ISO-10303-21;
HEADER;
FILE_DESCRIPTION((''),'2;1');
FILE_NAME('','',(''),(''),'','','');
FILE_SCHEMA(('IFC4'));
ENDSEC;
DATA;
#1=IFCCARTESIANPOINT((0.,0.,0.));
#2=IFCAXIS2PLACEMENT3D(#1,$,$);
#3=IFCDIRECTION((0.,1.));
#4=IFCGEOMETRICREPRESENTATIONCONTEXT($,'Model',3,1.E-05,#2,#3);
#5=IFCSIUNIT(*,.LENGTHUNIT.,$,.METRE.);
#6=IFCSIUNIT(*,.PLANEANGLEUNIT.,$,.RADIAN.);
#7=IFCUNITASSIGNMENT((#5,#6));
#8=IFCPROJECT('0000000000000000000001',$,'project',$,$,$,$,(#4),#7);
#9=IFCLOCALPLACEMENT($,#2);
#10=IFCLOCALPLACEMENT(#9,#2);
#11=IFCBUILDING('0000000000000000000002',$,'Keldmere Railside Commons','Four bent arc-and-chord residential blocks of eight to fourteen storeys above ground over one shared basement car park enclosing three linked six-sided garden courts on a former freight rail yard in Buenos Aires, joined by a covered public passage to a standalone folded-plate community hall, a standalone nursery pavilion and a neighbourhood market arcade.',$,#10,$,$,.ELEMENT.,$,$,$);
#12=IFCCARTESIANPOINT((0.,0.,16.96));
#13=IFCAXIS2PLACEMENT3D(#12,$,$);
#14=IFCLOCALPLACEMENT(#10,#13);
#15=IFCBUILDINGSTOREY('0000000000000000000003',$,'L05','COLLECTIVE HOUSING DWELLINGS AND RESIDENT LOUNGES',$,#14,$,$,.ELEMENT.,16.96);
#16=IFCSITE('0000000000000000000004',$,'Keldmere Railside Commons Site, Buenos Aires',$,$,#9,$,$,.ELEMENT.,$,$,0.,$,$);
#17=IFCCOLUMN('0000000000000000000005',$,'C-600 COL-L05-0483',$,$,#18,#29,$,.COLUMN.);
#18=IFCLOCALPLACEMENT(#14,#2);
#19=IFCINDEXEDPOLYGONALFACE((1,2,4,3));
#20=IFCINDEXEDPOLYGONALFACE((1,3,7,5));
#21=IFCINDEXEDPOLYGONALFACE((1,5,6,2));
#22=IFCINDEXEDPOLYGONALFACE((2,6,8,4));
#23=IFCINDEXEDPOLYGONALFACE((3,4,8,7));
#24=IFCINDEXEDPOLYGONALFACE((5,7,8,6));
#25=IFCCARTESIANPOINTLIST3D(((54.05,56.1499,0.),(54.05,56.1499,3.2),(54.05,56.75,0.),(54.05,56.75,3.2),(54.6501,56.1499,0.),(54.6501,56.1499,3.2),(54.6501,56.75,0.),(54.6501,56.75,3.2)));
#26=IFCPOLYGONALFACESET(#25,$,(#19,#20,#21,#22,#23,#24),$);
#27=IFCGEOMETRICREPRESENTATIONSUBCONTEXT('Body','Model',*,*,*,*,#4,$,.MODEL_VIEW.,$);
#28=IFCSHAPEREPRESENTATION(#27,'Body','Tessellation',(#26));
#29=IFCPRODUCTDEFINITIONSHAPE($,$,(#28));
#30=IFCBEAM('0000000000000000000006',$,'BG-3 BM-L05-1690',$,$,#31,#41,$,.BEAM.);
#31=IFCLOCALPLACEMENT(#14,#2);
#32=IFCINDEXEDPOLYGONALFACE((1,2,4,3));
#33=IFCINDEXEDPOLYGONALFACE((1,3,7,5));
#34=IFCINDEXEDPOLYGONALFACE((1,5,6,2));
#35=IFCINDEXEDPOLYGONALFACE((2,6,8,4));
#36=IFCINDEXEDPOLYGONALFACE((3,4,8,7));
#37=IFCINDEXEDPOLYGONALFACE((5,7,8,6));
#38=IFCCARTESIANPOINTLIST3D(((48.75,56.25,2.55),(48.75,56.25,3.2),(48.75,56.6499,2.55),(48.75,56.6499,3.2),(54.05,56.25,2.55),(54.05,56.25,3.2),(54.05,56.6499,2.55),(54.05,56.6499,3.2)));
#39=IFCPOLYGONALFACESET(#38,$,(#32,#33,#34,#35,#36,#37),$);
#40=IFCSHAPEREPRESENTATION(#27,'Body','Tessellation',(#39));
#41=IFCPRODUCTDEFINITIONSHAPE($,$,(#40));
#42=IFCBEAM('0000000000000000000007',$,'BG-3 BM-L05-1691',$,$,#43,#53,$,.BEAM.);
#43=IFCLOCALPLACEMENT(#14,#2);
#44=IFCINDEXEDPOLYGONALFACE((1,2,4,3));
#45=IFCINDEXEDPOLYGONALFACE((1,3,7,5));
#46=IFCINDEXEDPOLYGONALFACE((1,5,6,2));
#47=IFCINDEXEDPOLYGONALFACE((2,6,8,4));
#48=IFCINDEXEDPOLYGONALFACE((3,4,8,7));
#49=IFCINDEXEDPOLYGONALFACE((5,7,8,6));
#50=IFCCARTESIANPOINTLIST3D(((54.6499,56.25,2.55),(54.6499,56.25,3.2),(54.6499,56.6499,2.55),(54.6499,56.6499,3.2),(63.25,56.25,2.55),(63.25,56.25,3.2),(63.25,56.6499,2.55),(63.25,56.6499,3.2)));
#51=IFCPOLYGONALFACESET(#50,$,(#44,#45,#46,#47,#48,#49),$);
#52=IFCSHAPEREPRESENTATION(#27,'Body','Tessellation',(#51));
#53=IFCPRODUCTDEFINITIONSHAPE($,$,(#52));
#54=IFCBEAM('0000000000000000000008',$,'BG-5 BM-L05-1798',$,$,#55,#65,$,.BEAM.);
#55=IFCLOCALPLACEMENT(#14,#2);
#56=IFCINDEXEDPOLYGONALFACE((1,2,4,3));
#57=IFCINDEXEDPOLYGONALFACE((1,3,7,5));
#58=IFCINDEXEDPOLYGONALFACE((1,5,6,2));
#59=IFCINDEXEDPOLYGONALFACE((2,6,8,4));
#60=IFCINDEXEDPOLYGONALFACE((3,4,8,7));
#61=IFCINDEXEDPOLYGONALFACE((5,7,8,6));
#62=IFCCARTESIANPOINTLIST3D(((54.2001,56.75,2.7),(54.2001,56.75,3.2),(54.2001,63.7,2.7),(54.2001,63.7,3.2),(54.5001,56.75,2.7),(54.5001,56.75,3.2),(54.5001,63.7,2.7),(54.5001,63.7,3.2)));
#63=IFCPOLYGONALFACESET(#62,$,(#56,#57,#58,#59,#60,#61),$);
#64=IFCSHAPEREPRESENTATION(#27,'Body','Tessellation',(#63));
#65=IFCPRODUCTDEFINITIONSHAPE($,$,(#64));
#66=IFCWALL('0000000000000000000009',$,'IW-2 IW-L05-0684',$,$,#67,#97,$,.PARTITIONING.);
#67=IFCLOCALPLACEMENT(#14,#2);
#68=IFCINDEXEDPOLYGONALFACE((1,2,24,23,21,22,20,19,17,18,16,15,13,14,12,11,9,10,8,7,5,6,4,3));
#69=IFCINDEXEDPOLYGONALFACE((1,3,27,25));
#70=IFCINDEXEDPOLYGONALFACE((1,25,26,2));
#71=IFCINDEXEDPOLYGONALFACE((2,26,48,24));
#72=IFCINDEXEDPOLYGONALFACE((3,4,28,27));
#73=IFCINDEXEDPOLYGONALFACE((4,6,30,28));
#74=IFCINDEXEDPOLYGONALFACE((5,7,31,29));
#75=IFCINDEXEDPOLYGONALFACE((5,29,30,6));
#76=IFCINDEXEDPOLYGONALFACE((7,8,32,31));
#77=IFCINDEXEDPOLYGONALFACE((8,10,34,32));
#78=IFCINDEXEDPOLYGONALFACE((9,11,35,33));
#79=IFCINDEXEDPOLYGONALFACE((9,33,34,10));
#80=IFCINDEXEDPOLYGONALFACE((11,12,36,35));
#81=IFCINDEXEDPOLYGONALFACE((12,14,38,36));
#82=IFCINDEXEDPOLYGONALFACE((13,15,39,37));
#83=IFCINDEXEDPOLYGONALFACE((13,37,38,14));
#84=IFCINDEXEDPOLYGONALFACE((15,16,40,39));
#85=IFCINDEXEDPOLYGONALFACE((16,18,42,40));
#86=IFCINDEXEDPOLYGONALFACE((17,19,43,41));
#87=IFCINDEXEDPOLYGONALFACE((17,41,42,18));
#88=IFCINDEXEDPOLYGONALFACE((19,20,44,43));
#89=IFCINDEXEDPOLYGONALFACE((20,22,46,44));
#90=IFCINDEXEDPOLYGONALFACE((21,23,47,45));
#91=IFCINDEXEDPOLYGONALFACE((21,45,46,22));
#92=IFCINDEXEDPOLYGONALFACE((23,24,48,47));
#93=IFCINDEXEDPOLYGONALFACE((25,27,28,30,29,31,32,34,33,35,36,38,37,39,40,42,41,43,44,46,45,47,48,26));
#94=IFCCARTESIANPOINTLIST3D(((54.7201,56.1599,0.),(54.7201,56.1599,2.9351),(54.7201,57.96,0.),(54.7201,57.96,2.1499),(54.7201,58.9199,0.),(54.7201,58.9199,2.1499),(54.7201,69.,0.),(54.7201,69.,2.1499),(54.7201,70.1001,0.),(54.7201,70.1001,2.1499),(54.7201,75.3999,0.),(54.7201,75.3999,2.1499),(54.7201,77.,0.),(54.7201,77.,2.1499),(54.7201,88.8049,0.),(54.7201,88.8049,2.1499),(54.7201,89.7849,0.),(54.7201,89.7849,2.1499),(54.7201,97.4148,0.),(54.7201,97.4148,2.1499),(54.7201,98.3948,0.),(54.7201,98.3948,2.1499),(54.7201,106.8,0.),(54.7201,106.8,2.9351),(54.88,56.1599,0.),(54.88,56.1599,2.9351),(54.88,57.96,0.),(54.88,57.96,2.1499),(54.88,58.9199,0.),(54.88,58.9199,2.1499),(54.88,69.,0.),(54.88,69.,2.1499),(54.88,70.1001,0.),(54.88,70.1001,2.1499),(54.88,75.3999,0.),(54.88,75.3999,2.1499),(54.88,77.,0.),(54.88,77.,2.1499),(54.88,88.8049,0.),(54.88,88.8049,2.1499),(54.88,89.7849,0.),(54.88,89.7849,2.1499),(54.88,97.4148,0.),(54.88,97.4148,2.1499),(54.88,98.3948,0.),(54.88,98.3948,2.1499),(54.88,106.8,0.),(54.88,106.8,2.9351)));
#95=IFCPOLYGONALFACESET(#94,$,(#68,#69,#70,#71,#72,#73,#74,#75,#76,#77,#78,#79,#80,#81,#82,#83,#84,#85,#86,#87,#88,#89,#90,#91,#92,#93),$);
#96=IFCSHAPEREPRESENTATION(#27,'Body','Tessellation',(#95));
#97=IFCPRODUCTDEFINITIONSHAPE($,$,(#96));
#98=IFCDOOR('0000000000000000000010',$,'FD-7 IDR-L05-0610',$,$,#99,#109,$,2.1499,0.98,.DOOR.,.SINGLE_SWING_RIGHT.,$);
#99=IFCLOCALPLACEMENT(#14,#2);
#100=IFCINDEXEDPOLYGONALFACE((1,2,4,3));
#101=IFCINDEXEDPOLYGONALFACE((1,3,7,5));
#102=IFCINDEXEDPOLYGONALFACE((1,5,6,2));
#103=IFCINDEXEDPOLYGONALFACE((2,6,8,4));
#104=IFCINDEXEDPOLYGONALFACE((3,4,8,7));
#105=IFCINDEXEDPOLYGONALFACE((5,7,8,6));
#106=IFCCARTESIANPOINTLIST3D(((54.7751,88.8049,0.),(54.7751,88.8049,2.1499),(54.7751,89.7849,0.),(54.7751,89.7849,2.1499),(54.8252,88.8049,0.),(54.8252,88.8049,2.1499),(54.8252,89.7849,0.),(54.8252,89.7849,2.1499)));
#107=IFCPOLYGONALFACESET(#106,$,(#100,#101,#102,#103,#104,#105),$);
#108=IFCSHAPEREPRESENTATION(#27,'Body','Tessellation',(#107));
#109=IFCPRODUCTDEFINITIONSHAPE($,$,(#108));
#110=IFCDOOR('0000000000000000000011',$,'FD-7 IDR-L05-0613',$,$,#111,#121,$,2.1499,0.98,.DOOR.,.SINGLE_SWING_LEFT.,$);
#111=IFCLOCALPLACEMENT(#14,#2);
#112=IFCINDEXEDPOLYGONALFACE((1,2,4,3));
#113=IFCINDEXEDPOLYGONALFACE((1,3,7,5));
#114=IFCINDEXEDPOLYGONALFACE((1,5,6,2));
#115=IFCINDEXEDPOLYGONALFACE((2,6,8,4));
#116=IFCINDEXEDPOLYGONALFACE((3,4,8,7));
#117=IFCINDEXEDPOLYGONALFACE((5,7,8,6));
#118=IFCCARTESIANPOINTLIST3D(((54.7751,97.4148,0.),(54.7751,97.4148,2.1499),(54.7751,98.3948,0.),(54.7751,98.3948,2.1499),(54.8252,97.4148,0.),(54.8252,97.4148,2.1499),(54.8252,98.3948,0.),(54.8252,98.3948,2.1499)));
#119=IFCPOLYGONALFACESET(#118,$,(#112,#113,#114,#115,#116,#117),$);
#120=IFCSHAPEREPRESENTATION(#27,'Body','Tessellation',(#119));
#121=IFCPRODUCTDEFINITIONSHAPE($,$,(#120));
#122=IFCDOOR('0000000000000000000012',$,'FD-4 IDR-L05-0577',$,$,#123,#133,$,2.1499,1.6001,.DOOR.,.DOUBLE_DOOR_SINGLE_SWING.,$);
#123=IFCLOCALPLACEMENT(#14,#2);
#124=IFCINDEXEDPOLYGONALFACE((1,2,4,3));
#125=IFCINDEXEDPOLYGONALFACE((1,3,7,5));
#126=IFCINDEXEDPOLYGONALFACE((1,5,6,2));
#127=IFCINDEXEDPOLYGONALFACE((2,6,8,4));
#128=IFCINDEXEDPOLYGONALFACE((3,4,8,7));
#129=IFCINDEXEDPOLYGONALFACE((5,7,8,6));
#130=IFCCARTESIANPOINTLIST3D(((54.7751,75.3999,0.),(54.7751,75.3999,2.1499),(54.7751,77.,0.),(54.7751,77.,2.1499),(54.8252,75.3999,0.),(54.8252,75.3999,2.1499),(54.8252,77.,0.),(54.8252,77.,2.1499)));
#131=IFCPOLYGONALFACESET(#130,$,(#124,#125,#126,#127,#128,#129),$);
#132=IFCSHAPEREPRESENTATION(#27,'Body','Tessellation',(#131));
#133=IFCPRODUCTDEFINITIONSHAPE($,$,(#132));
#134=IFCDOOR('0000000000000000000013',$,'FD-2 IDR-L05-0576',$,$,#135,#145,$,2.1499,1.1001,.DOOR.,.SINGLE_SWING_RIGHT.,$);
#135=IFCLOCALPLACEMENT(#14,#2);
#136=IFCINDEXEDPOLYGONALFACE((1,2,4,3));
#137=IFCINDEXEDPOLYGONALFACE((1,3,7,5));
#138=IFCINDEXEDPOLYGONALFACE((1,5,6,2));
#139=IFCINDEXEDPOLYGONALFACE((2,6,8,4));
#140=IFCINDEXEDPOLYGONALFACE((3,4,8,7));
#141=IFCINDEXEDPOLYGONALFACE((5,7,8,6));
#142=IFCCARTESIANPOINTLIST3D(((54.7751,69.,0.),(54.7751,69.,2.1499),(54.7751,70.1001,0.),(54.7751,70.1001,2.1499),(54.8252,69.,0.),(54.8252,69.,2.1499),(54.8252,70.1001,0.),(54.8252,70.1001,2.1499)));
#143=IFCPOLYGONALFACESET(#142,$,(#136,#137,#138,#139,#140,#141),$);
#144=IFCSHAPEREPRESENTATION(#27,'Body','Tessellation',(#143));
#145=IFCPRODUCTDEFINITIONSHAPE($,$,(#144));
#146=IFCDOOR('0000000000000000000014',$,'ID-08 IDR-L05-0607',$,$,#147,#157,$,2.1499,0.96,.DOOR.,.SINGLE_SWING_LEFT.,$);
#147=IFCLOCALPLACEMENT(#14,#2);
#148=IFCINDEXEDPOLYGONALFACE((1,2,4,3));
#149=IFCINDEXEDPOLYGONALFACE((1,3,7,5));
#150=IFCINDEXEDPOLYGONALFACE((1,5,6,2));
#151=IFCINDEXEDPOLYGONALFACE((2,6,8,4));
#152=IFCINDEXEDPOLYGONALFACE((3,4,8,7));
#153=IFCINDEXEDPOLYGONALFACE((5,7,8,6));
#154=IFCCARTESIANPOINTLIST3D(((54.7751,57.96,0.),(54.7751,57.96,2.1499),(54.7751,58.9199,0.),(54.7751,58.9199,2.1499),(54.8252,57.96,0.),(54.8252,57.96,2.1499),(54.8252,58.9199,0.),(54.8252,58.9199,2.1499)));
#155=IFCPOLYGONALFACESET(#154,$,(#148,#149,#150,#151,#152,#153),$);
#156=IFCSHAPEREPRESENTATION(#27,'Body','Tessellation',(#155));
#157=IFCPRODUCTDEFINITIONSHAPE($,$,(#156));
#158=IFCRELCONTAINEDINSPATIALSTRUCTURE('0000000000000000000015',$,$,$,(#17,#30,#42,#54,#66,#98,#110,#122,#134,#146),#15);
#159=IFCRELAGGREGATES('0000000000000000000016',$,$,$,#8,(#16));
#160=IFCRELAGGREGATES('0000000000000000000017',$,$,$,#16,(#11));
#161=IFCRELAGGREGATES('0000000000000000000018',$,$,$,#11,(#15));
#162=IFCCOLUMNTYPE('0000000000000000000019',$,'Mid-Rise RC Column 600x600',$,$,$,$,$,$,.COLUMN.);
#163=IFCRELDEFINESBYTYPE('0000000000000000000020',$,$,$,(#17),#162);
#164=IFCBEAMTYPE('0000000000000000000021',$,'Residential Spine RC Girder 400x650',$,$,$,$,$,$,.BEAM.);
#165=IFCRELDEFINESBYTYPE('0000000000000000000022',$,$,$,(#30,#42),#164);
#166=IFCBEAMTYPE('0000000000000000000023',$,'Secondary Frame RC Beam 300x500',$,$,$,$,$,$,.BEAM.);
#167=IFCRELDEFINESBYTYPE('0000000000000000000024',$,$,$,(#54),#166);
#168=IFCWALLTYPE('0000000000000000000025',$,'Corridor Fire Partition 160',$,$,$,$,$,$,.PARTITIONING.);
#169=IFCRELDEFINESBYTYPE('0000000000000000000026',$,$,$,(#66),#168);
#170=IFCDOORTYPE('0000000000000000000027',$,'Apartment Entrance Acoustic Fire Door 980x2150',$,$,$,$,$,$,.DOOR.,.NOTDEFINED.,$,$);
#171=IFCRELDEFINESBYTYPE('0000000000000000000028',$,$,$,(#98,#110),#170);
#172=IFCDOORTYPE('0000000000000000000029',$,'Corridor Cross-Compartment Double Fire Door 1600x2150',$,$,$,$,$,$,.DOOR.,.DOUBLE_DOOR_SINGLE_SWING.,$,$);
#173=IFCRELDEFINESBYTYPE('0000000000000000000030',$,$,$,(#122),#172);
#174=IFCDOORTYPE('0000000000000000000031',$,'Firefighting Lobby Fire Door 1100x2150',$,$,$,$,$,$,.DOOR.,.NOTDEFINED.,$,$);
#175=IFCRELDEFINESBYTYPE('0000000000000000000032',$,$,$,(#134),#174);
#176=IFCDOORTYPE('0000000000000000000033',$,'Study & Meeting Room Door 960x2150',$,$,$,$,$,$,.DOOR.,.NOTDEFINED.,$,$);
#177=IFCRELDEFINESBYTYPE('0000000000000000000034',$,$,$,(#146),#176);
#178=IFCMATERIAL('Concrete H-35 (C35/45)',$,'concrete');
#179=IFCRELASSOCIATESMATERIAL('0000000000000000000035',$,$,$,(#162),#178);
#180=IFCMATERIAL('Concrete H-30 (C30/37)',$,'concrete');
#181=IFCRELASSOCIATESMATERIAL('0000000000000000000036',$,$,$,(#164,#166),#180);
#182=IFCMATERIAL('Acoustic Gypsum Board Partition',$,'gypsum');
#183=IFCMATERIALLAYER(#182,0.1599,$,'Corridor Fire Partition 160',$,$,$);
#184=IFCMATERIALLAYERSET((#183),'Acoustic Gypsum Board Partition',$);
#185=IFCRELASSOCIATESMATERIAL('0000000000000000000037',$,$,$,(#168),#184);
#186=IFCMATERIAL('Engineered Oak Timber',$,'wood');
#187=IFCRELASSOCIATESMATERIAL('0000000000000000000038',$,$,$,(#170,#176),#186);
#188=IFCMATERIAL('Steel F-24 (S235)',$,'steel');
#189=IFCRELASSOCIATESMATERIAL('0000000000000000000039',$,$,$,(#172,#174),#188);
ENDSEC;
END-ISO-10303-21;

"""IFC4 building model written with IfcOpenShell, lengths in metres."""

from ifc_helpers import new_model, si_unit, direction, frame, frame_2d, origin, origin_2d, place, context, subcontext, project, spatial, rectangle, extrude, material, layer, layer_set, material_profile, profile_set, type_object, element, fill, save


model = new_model("IFC4")

# Units and contexts
model_context = context("Model", 3, precision=1e-05, world=origin(), true_north=direction((0.0, 1.0)))
body_context = subcontext(model_context, "Body", "Model", "MODEL_VIEW")
ifc_project = project(units=[si_unit("LENGTHUNIT", "METRE"), si_unit("PLANEANGLEUNIT", "RADIAN")], contexts=[model_context])

# Site, building, storey
site_placement = place(None, origin())
site = spatial("IfcSite", under=ifc_project, at=site_placement, Name="Keldmere Railside Commons Site, Buenos Aires", CompositionType="ELEMENT", RefElevation=0.0)
building_placement = place(site_placement, origin())
building = spatial("IfcBuilding", under=site, at=building_placement, Name="Keldmere Railside Commons", Description="Four bent arc-and-chord residential blocks of eight to fourteen storeys above ground over one shared basement car park enclosing three linked six-sided garden courts on a former freight rail yard in Buenos Aires, joined by a covered public passage to a standalone folded-plate community hall, a standalone nursery pavilion and a neighbourhood market arcade.", CompositionType="ELEMENT")
storey_placement = place(building_placement, frame((0.0, 0.0, 16.96)))
storey = spatial("IfcBuildingStorey", under=building, at=storey_placement, Name="L05", Description="COLLECTIVE HOUSING DWELLINGS AND RESIDENT LOUNGES", CompositionType="ELEMENT", Elevation=16.96)

# Column
ifc_material_1 = material(Name="Concrete H-35 (C35/45)", Category="concrete")
ifc_material_profile_1 = material_profile(ifc_material_1, rectangle(XDim=0.6001, YDim=0.6001, at=origin_2d()), Name="RC-600x600")
ifc_profile_set_1 = profile_set([ifc_material_profile_1], Name="Concrete H-35 (C35/45)")
column_type = type_object("IfcColumnType", Name="Mid-Rise RC Column 600x600", PredefinedType="COLUMN", material=ifc_profile_set_1)
column_placement = place(storey_placement, frame((54.3501, 56.45, 0.0), z_axis=(0.0, 0.0, 1.0), x_axis=(1.0, 0.0, 0.0)))
element("IfcColumn", 1, at=column_placement, inside=storey, type_object=column_type, Name="C-600 COL-L05-0483", PredefinedType="COLUMN", context=body_context, shape_type="SweptSolid", body=[
    extrude(rectangle(XDim=0.6001, YDim=0.6001, at=origin_2d()), origin(), (0.0, 0.0, 1.0), 3.2),
])

# Beams
ifc_material_2 = material(Name="Concrete H-30 (C30/37)", Category="concrete")
ifc_material_profile_2 = material_profile(ifc_material_2, rectangle(XDim=0.3999, YDim=0.6499, at=origin_2d()), Name="RC-400x650")
ifc_profile_set_2 = profile_set([ifc_material_profile_2], Name="Concrete H-30 (C30/37)")
beam_type_1 = type_object("IfcBeamType", Name="Residential Spine RC Girder 400x650", PredefinedType="BEAM", material=ifc_profile_set_2)
beam_1_placement = place(storey_placement, frame((48.75, 56.45, 2.875), z_axis=(1.0, 0.0, 0.0), x_axis=(0.0, 1.0, 0.0)))
element("IfcBeam", 2, at=beam_1_placement, inside=storey, type_object=beam_type_1, Name="BG-3 BM-L05-1690", PredefinedType="BEAM", context=body_context, shape_type="SweptSolid", body=[
    extrude(rectangle(XDim=0.3999, YDim=0.6499, at=origin_2d()), origin(), (0.0, 0.0, 1.0), 5.3),
])
beam_2_placement = place(storey_placement, frame((54.6499, 56.45, 2.875), z_axis=(1.0, 0.0, 0.0), x_axis=(0.0, 1.0, 0.0)))
element("IfcBeam", 3, at=beam_2_placement, inside=storey, type_object=beam_type_1, Name="BG-3 BM-L05-1691", PredefinedType="BEAM", context=body_context, shape_type="SweptSolid", body=[
    extrude(rectangle(XDim=0.3999, YDim=0.6499, at=origin_2d()), origin(), (0.0, 0.0, 1.0), 8.6001),
])
ifc_material_profile_3 = material_profile(ifc_material_2, rectangle(XDim=0.3, YDim=0.5, at=origin_2d()), Name="RC-300x500")
ifc_profile_set_3 = profile_set([ifc_material_profile_3], Name="Concrete H-30 (C30/37)")
beam_type_2 = type_object("IfcBeamType", Name="Secondary Frame RC Beam 300x500", PredefinedType="BEAM", material=ifc_profile_set_3)
beam_3_placement = place(storey_placement, frame((54.3501, 56.75, 2.95), z_axis=(0.0, 1.0, 0.0), x_axis=(-1.0, 0.0, 0.0)))
element("IfcBeam", 4, at=beam_3_placement, inside=storey, type_object=beam_type_2, Name="BG-5 BM-L05-1798", PredefinedType="BEAM", context=body_context, shape_type="SweptSolid", body=[
    extrude(rectangle(XDim=0.3, YDim=0.5, at=origin_2d()), origin(), (0.0, 0.0, 1.0), 6.95),
])

# Wall, openings, doors
ifc_material_3 = material(Name="Acoustic Gypsum Board Partition", Category="gypsum")
ifc_layer = layer(ifc_material_3, 0.1599, Name="Corridor Fire Partition 160")
ifc_layer_set = layer_set([ifc_layer], Name="Acoustic Gypsum Board Partition")
wall_type = type_object("IfcWallType", Name="Corridor Fire Partition 160", PredefinedType="PARTITIONING", material=ifc_layer_set)
wall_1_placement = place(storey_placement, frame((54.8, 56.1599, 0.0), z_axis=(0.0, 0.0, 1.0), x_axis=(0.0, 1.0, 0.0)))
wall_1 = element("IfcWall", 5, at=wall_1_placement, inside=storey, type_object=wall_type, Name="IW-2 IW-L05-0684", PredefinedType="PARTITIONING", context=body_context, shape_type="SweptSolid", body=[
    extrude(rectangle(XDim=50.6401, YDim=0.1599, at=frame_2d((25.3201, 0.0))), origin(), (0.0, 0.0, 1.0), 2.9351),
])
opening_1_placement = place(wall_1_placement, frame((12.8401, 0.0, 0.0)))
opening_1 = element("IfcOpeningElement", 6, at=opening_1_placement, cuts=wall_1, PredefinedType="OPENING", context=body_context, shape_type="SweptSolid", body=[
    extrude(rectangle(XDim=1.1001, YDim=2.1499, at=frame_2d((0.55, 1.075))), frame((0.0, 0.0898, 0.0), z_axis=(0.0, -1.0, 0.0), x_axis=(1.0, 0.0, 0.0)), (0.0, 0.0, 1.0), 0.1799),
])
opening_2_placement = place(wall_1_placement, frame((19.24, 0.0, 0.0)))
opening_2 = element("IfcOpeningElement", 7, at=opening_2_placement, cuts=wall_1, PredefinedType="OPENING", context=body_context, shape_type="SweptSolid", body=[
    extrude(rectangle(XDim=1.6001, YDim=2.1499, at=frame_2d((0.8, 1.075))), frame((0.0, 0.0898, 0.0), z_axis=(0.0, -1.0, 0.0), x_axis=(1.0, 0.0, 0.0)), (0.0, 0.0, 1.0), 0.1799),
])
opening_3_placement = place(wall_1_placement, frame((1.8, 0.0, 0.0)))
opening_3 = element("IfcOpeningElement", 8, at=opening_3_placement, cuts=wall_1, PredefinedType="OPENING", context=body_context, shape_type="SweptSolid", body=[
    extrude(rectangle(XDim=0.96, YDim=2.1499, at=frame_2d((0.48, 1.075))), frame((0.0, 0.0898, 0.0), z_axis=(0.0, -1.0, 0.0), x_axis=(1.0, 0.0, 0.0)), (0.0, 0.0, 1.0), 0.1799),
])
opening_4_placement = place(wall_1_placement, frame((32.645, 0.0, 0.0)))
opening_4 = element("IfcOpeningElement", 9, at=opening_4_placement, cuts=wall_1, PredefinedType="OPENING", context=body_context, shape_type="SweptSolid", body=[
    extrude(rectangle(XDim=0.98, YDim=2.1499, at=frame_2d((0.49, 1.075))), frame((0.0, 0.0898, 0.0), z_axis=(0.0, -1.0, 0.0), x_axis=(1.0, 0.0, 0.0)), (0.0, 0.0, 1.0), 0.1799),
])
opening_5_placement = place(wall_1_placement, frame((41.2549, 0.0, 0.0)))
opening_5 = element("IfcOpeningElement", 10, at=opening_5_placement, cuts=wall_1, PredefinedType="OPENING", context=body_context, shape_type="SweptSolid", body=[
    extrude(rectangle(XDim=0.98, YDim=2.1499, at=frame_2d((0.49, 1.075))), frame((0.0, 0.0898, 0.0), z_axis=(0.0, -1.0, 0.0), x_axis=(1.0, 0.0, 0.0)), (0.0, 0.0, 1.0), 0.1799),
])
ifc_material_4 = material(Name="Engineered Oak Timber", Category="wood")
door_type_1 = type_object("IfcDoorType", Name="Apartment Entrance Acoustic Fire Door 980x2150", OperationType="NOTDEFINED", PredefinedType="DOOR", material=ifc_material_4)
door_1_placement = place(opening_4_placement, origin())
door_1 = element("IfcDoor", 11, at=door_1_placement, inside=storey, type_object=door_type_1, Name="FD-7 IDR-L05-0610", OperationType="SINGLE_SWING_RIGHT", OverallHeight=2.1499, OverallWidth=0.98, PredefinedType="DOOR", context=body_context, shape_type="SweptSolid", body=[
    extrude(rectangle(XDim=0.98, YDim=2.1499, at=frame_2d((0.49, 1.075))), frame((0.0, 0.0249, 0.0), z_axis=(0.0, -1.0, 0.0), x_axis=(1.0, 0.0, 0.0)), (0.0, 0.0, 1.0), 0.05),
])
fill(opening_4, door_1)
door_2_placement = place(opening_5_placement, origin())
door_2 = element("IfcDoor", 12, at=door_2_placement, inside=storey, type_object=door_type_1, Name="FD-7 IDR-L05-0613", OperationType="SINGLE_SWING_LEFT", OverallHeight=2.1499, OverallWidth=0.98, PredefinedType="DOOR", context=body_context, shape_type="SweptSolid", body=[
    extrude(rectangle(XDim=0.98, YDim=2.1499, at=frame_2d((0.49, 1.075))), frame((0.0, 0.0249, 0.0), z_axis=(0.0, -1.0, 0.0), x_axis=(1.0, 0.0, 0.0)), (0.0, 0.0, 1.0), 0.05),
])
fill(opening_5, door_2)
ifc_material_5 = material(Name="Steel F-24 (S235)", Category="steel")
door_type_2 = type_object("IfcDoorType", Name="Corridor Cross-Compartment Double Fire Door 1600x2150", OperationType="DOUBLE_DOOR_SINGLE_SWING", PredefinedType="DOOR", material=ifc_material_5)
door_3_placement = place(opening_2_placement, origin())
door_3 = element("IfcDoor", 13, at=door_3_placement, inside=storey, type_object=door_type_2, Name="FD-4 IDR-L05-0577", OperationType="DOUBLE_DOOR_SINGLE_SWING", OverallHeight=2.1499, OverallWidth=1.6001, PredefinedType="DOOR", context=body_context, shape_type="SweptSolid", body=[
    extrude(rectangle(XDim=1.6001, YDim=2.1499, at=frame_2d((0.8, 1.075))), frame((0.0, 0.0249, 0.0), z_axis=(0.0, -1.0, 0.0), x_axis=(1.0, 0.0, 0.0)), (0.0, 0.0, 1.0), 0.05),
])
fill(opening_2, door_3)
door_type_3 = type_object("IfcDoorType", Name="Firefighting Lobby Fire Door 1100x2150", OperationType="NOTDEFINED", PredefinedType="DOOR", material=ifc_material_5)
door_4_placement = place(opening_1_placement, origin())
door_4 = element("IfcDoor", 14, at=door_4_placement, inside=storey, type_object=door_type_3, Name="FD-2 IDR-L05-0576", OperationType="SINGLE_SWING_RIGHT", OverallHeight=2.1499, OverallWidth=1.1001, PredefinedType="DOOR", context=body_context, shape_type="SweptSolid", body=[
    extrude(rectangle(XDim=1.1001, YDim=2.1499, at=frame_2d((0.55, 1.075))), frame((0.0, 0.0249, 0.0), z_axis=(0.0, -1.0, 0.0), x_axis=(1.0, 0.0, 0.0)), (0.0, 0.0, 1.0), 0.05),
])
fill(opening_1, door_4)
door_type_4 = type_object("IfcDoorType", Name="Study & Meeting Room Door 960x2150", OperationType="NOTDEFINED", PredefinedType="DOOR", material=ifc_material_4)
door_5_placement = place(opening_3_placement, origin())
door_5 = element("IfcDoor", 15, at=door_5_placement, inside=storey, type_object=door_type_4, Name="ID-08 IDR-L05-0607", OperationType="SINGLE_SWING_LEFT", OverallHeight=2.1499, OverallWidth=0.96, PredefinedType="DOOR", context=body_context, shape_type="SweptSolid", body=[
    extrude(rectangle(XDim=0.96, YDim=2.1499, at=frame_2d((0.48, 1.075))), frame((0.0, 0.0249, 0.0), z_axis=(0.0, -1.0, 0.0), x_axis=(1.0, 0.0, 0.0)), (0.0, 0.0, 1.0), 0.05),
])
fill(opening_3, door_5)

save(model, "model.ifc")
